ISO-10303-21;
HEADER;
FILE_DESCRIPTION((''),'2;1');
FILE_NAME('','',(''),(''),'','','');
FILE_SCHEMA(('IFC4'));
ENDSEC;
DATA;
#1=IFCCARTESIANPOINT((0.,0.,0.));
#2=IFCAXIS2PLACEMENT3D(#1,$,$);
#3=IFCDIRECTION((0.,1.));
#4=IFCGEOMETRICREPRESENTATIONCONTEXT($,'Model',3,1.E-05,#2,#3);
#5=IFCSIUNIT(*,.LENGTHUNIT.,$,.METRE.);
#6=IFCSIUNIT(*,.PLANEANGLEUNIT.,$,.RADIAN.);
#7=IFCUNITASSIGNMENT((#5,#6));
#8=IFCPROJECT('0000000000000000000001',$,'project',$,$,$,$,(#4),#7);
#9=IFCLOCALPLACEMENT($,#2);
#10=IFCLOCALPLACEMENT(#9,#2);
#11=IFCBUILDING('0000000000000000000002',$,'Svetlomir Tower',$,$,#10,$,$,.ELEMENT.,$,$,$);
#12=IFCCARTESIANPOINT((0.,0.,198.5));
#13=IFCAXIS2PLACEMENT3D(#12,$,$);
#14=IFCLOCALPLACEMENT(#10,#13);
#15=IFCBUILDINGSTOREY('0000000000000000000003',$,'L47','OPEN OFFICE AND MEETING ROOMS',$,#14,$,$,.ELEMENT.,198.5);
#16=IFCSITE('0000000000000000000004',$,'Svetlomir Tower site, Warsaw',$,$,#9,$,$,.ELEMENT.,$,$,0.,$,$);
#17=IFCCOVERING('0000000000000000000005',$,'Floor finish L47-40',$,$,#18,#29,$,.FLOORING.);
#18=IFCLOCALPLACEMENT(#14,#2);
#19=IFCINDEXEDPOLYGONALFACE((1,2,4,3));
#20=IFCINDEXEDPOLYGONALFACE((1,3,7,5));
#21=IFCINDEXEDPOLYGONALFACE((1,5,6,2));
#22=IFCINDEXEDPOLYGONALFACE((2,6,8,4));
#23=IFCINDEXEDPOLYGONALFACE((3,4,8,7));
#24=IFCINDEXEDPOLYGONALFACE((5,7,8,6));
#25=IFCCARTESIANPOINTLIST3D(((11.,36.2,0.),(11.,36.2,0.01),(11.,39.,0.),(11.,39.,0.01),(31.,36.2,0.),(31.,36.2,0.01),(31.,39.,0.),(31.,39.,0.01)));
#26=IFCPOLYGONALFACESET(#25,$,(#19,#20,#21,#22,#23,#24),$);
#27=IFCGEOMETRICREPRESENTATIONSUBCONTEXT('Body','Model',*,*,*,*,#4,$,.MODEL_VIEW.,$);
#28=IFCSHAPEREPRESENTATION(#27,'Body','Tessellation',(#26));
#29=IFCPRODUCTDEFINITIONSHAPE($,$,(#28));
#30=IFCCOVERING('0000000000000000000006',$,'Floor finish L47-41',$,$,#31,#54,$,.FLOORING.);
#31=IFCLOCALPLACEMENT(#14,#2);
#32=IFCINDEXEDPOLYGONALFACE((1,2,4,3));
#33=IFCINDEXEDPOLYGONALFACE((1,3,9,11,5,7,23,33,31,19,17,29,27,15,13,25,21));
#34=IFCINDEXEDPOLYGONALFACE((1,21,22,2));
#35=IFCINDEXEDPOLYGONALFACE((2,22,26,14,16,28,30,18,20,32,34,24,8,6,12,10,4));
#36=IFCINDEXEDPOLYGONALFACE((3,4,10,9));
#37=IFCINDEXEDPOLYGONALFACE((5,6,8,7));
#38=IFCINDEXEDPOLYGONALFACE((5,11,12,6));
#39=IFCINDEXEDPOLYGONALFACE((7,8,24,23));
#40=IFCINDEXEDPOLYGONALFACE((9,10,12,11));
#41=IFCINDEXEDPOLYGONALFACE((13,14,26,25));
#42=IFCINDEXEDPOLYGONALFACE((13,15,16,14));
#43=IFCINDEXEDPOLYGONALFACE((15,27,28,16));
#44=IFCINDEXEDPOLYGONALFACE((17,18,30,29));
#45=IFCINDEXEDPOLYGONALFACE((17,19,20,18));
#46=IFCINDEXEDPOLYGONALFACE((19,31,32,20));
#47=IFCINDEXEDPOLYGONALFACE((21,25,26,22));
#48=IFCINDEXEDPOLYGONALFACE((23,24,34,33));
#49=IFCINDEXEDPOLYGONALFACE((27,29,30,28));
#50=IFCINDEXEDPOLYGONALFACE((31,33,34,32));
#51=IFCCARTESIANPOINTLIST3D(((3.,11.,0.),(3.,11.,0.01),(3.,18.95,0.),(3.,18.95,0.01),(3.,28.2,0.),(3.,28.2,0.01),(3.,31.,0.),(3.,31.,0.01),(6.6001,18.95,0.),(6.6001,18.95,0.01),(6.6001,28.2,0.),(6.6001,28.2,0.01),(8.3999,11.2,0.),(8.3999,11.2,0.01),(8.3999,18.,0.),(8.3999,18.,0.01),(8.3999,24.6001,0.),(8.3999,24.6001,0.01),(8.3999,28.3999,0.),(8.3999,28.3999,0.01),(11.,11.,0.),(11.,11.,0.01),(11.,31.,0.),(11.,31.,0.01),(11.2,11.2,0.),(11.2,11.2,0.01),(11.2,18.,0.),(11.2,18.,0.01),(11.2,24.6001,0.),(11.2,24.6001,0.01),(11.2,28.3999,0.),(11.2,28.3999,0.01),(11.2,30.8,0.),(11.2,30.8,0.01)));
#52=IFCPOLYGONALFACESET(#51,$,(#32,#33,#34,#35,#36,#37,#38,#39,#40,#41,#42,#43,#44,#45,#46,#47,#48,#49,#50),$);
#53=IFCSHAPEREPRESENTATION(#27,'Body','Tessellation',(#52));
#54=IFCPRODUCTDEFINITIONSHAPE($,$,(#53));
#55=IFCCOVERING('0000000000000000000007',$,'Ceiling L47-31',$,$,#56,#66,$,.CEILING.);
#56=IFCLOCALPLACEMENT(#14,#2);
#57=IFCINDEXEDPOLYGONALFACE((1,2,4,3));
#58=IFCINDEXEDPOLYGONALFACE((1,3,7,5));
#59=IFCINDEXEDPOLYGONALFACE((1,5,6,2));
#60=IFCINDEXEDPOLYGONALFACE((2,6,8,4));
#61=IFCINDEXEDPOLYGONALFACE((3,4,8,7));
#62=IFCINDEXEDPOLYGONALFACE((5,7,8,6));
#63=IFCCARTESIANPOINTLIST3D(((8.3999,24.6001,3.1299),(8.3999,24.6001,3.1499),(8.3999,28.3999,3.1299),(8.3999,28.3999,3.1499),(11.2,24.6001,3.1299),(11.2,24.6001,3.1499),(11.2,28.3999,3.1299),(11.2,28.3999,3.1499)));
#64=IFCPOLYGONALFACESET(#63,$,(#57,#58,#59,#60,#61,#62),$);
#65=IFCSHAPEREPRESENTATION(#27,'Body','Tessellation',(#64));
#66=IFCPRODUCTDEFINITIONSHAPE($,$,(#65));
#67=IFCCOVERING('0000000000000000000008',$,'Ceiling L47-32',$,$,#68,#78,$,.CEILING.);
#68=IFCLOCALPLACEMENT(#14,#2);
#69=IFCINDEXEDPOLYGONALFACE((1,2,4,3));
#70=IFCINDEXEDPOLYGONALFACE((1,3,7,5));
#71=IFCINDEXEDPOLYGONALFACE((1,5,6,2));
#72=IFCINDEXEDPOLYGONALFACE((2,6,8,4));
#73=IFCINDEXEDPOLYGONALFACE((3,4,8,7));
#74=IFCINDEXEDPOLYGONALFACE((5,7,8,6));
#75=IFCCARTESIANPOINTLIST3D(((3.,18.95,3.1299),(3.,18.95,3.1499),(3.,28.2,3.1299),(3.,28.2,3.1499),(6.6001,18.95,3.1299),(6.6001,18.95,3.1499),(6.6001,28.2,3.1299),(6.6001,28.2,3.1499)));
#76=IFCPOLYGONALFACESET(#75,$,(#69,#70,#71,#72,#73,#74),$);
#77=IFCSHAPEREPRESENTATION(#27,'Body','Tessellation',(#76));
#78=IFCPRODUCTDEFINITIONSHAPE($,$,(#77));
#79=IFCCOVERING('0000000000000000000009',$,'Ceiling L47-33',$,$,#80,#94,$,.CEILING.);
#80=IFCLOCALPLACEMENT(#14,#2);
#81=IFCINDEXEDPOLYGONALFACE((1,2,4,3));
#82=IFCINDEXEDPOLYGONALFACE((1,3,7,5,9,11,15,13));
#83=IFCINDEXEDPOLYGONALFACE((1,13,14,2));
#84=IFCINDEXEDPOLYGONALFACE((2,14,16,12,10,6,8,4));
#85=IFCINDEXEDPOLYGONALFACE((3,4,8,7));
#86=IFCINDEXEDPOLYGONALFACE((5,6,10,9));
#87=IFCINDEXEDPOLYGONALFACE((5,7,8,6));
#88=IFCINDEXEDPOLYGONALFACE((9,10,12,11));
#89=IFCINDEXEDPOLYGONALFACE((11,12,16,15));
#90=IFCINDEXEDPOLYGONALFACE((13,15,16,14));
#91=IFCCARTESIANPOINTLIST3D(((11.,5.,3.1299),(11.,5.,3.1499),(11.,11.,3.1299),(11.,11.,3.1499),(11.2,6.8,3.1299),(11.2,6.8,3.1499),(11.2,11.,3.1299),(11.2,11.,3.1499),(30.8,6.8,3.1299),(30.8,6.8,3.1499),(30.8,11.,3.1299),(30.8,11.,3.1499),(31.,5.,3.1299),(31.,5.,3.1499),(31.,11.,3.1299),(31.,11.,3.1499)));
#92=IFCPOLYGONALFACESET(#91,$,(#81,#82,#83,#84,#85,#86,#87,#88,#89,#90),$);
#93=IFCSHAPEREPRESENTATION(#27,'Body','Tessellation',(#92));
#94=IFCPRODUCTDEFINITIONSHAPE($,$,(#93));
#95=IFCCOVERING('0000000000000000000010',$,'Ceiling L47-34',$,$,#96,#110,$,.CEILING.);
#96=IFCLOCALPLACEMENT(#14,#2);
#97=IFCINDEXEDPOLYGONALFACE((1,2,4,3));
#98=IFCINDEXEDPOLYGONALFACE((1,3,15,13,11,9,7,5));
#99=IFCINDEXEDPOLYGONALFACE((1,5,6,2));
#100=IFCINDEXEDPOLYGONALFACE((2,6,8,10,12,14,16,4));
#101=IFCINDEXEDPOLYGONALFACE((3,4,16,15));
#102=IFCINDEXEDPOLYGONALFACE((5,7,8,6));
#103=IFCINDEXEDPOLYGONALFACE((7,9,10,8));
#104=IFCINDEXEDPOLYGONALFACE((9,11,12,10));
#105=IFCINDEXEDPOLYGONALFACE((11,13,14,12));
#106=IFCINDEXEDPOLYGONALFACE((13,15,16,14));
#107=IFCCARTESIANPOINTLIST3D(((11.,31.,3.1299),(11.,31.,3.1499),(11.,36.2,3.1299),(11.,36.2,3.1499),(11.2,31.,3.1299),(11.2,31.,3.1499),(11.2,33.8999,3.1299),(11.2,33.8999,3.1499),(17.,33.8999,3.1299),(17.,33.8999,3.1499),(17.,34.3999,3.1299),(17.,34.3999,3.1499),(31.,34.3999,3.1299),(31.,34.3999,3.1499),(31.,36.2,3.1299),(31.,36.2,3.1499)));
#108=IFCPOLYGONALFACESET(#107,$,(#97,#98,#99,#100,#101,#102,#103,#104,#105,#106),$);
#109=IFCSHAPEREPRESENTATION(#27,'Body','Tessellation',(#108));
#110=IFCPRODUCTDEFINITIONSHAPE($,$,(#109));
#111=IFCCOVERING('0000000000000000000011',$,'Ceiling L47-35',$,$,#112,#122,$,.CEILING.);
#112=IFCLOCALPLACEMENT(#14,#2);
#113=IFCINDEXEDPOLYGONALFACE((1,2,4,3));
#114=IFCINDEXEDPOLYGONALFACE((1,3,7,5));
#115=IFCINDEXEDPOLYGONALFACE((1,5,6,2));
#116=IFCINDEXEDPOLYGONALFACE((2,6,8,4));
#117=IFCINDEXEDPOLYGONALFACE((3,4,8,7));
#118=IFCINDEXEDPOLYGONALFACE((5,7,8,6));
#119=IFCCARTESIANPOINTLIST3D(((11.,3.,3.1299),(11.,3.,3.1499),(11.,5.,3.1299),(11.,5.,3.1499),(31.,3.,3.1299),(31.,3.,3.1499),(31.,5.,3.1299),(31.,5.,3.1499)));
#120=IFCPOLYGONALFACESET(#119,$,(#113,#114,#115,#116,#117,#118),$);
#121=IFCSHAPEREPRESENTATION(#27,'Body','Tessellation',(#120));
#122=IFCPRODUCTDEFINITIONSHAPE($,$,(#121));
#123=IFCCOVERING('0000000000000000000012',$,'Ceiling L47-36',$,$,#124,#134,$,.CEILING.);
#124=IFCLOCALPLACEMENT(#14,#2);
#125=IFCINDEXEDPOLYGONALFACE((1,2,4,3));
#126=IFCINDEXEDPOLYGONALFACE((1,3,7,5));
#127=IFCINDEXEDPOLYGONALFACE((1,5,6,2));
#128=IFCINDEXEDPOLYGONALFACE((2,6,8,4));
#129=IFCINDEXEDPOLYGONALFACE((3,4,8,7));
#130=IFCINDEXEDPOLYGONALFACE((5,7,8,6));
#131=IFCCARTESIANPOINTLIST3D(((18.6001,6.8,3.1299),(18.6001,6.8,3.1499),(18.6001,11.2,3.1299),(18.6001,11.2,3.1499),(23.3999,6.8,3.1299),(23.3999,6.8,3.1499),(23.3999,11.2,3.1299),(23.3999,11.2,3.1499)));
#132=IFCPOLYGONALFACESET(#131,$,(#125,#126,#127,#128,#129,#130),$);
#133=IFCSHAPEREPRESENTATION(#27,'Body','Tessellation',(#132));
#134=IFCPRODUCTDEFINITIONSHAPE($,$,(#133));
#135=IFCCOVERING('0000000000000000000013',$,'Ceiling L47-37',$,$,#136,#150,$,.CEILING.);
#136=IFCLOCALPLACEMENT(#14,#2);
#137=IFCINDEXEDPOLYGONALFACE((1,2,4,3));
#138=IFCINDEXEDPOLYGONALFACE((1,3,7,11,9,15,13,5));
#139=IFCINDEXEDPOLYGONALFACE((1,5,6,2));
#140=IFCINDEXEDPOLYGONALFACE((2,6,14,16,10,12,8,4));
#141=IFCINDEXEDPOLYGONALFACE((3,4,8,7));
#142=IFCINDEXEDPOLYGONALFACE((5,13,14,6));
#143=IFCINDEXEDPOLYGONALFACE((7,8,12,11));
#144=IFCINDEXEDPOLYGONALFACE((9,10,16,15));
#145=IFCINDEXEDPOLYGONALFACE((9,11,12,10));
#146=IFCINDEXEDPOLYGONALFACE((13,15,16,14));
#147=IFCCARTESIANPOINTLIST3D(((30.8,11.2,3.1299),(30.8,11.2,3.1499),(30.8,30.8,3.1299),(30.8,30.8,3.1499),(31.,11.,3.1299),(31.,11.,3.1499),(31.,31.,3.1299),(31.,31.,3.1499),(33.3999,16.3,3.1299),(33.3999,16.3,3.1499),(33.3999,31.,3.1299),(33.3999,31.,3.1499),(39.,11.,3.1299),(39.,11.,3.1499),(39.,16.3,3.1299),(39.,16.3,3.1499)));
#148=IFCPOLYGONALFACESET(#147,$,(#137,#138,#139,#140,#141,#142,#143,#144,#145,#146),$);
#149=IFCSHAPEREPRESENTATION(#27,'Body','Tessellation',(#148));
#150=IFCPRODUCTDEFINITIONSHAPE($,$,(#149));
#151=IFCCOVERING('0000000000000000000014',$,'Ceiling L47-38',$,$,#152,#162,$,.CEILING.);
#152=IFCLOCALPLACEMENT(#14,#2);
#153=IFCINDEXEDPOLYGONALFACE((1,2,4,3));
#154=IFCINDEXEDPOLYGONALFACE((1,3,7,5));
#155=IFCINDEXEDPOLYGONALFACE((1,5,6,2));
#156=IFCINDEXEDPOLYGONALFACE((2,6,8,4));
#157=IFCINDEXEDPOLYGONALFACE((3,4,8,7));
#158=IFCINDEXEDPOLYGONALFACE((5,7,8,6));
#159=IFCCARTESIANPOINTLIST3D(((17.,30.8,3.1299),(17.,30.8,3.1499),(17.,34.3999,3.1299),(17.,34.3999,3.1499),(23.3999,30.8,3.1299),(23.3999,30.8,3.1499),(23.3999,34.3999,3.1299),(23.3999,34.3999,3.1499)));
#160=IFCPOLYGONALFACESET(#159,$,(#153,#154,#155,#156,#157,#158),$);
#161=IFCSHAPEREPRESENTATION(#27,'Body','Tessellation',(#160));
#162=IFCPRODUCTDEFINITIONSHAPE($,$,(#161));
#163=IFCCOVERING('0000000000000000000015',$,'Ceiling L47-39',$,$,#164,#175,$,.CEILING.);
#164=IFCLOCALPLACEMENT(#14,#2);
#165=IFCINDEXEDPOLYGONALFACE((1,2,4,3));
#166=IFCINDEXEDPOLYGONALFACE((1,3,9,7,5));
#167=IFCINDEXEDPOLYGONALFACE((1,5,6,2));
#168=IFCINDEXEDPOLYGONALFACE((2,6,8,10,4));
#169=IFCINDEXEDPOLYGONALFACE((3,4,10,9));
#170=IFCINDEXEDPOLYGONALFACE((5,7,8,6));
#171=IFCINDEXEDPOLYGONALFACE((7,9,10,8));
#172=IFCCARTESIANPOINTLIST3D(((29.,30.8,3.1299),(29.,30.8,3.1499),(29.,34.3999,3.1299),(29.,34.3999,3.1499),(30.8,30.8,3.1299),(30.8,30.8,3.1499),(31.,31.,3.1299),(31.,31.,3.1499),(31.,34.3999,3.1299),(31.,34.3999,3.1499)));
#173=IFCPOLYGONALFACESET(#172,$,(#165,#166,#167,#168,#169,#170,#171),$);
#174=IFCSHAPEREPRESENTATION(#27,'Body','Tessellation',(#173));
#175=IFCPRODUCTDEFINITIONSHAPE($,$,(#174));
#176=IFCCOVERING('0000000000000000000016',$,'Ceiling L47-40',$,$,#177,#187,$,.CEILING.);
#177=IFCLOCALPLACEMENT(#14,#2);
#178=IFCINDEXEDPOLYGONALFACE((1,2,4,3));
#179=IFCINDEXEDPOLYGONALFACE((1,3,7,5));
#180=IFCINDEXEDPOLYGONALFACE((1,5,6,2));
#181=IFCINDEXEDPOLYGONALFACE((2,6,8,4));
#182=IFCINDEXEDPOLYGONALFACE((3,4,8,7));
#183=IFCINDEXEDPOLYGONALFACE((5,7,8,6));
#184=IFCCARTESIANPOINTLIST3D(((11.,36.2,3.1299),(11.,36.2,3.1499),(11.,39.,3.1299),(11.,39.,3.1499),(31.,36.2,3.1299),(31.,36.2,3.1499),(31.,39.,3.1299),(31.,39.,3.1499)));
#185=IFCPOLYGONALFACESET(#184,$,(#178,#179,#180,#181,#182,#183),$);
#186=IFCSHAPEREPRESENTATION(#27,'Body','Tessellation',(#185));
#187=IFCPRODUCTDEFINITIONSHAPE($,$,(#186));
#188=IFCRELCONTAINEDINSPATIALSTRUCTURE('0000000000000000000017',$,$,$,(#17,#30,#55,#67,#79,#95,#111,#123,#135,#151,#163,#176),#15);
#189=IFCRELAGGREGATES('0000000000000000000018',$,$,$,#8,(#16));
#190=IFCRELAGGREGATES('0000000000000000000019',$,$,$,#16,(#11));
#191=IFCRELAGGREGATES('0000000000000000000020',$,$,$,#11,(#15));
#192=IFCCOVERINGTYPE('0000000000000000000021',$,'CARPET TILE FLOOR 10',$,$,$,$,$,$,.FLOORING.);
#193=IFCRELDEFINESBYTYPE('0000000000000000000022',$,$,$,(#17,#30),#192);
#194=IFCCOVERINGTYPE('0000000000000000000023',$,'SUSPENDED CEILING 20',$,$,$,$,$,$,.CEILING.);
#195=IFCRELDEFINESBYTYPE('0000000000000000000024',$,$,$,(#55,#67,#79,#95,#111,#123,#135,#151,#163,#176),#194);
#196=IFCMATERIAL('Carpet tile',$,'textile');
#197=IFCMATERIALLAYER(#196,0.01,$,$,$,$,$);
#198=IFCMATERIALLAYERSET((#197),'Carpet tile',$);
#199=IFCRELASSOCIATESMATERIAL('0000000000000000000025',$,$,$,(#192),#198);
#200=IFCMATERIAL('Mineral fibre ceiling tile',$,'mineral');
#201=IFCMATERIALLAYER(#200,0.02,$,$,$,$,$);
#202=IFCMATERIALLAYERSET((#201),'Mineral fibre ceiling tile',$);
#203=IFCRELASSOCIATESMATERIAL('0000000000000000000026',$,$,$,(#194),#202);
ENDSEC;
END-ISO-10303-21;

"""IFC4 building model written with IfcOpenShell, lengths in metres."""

from ifc_helpers import new_model, si_unit, direction, frame, origin, place, context, subcontext, project, spatial, polyline, outline, extrude, material, layer, layer_set, type_object, element, save


model = new_model("IFC4")

# Units and contexts
model_context = context("Model", 3, precision=1e-05, world=origin(), true_north=direction((0.0, 1.0)))
body_context = subcontext(model_context, "Body", "Model", "MODEL_VIEW")
ifc_project = project(units=[si_unit("LENGTHUNIT", "METRE"), si_unit("PLANEANGLEUNIT", "RADIAN")], contexts=[model_context])

# Site, building, storey
site_placement = place(None, origin())
site = spatial("IfcSite", under=ifc_project, at=site_placement, Name="Svetlomir Tower site, Warsaw", CompositionType="ELEMENT", RefElevation=0.0)
building_placement = place(site_placement, origin())
building = spatial("IfcBuilding", under=site, at=building_placement, Name="Svetlomir Tower", CompositionType="ELEMENT")
storey_placement = place(building_placement, frame((0.0, 0.0, 198.5)))
storey = spatial("IfcBuildingStorey", under=building, at=storey_placement, Name="L47", Description="OPEN OFFICE AND MEETING ROOMS", CompositionType="ELEMENT", Elevation=198.5)

# Coverings
ifc_material_1 = material(Name="Carpet tile", Category="textile")
ifc_layer_1 = layer(ifc_material_1, 0.01)
ifc_layer_set_1 = layer_set([ifc_layer_1], Name="Carpet tile")
covering_type_1 = type_object("IfcCoveringType", Name="CARPET TILE FLOOR 10", PredefinedType="FLOORING", material=ifc_layer_set_1)
covering_1_placement = place(storey_placement, origin())
element("IfcCovering", 1, at=covering_1_placement, inside=storey, type_object=covering_type_1, Name="Floor finish L47-40", PredefinedType="FLOORING", context=body_context, shape_type="SweptSolid", body=[
    extrude(outline(polyline([(31.0, 39.0), (31.0, 36.2), (11.0, 36.2), (11.0, 39.0), (31.0, 39.0)])), origin(), (0.0, 0.0, 1.0), 0.01),
])
covering_2_placement = place(storey_placement, origin())
element("IfcCovering", 2, at=covering_2_placement, inside=storey, type_object=covering_type_1, Name="Floor finish L47-41", PredefinedType="FLOORING", context=body_context, shape_type="SweptSolid", body=[
    extrude(outline(polyline([(11.2, 28.3999), (8.3999, 28.3999), (8.3999, 24.6001), (11.2, 24.6001), (11.2, 18.0), (8.3999, 18.0), (8.3999, 11.2), (11.2, 11.2), (11.0, 11.0), (3.0, 11.0), (3.0, 18.95), (6.6001, 18.95), (6.6001, 28.2), (3.0, 28.2), (3.0, 31.0), (11.0, 31.0), (11.2, 30.8), (11.2, 28.3999)])), origin(), (0.0, 0.0, 1.0), 0.01),
])
ifc_material_2 = material(Name="Mineral fibre ceiling tile", Category="mineral")
ifc_layer_2 = layer(ifc_material_2, 0.02)
ifc_layer_set_2 = layer_set([ifc_layer_2], Name="Mineral fibre ceiling tile")
covering_type_2 = type_object("IfcCoveringType", Name="SUSPENDED CEILING 20", PredefinedType="CEILING", material=ifc_layer_set_2)
covering_3_placement = place(storey_placement, frame((0.0, 0.0, 3.1299)))
element("IfcCovering", 3, at=covering_3_placement, inside=storey, type_object=covering_type_2, Name="Ceiling L47-31", PredefinedType="CEILING", context=body_context, shape_type="SweptSolid", body=[
    extrude(outline(polyline([(8.3999, 24.6001), (11.2, 24.6001), (11.2, 28.3999), (8.3999, 28.3999), (8.3999, 24.6001)])), origin(), (0.0, 0.0, 1.0), 0.02),
])
covering_4_placement = place(storey_placement, frame((0.0, 0.0, 3.1299)))
element("IfcCovering", 4, at=covering_4_placement, inside=storey, type_object=covering_type_2, Name="Ceiling L47-32", PredefinedType="CEILING", context=body_context, shape_type="SweptSolid", body=[
    extrude(outline(polyline([(3.0, 18.95), (6.6001, 18.95), (6.6001, 28.2), (3.0, 28.2), (3.0, 18.95)])), origin(), (0.0, 0.0, 1.0), 0.02),
])
covering_5_placement = place(storey_placement, frame((0.0, 0.0, 3.1299)))
element("IfcCovering", 5, at=covering_5_placement, inside=storey, type_object=covering_type_2, Name="Ceiling L47-33", PredefinedType="CEILING", context=body_context, shape_type="SweptSolid", body=[
    extrude(outline(polyline([(11.0, 11.0), (11.2, 11.0), (11.2, 6.8), (30.8, 6.8), (30.8, 11.0), (31.0, 11.0), (31.0, 5.0), (11.0, 5.0), (11.0, 11.0)])), origin(), (0.0, 0.0, 1.0), 0.02),
])
covering_6_placement = place(storey_placement, frame((0.0, 0.0, 3.1299)))
element("IfcCovering", 6, at=covering_6_placement, inside=storey, type_object=covering_type_2, Name="Ceiling L47-34", PredefinedType="CEILING", context=body_context, shape_type="SweptSolid", body=[
    extrude(outline(polyline([(11.2, 31.0), (11.0, 31.0), (11.0, 36.2), (31.0, 36.2), (31.0, 34.3999), (17.0, 34.3999), (17.0, 33.8999), (11.2, 33.8999), (11.2, 31.0)])), origin(), (0.0, 0.0, 1.0), 0.02),
])
covering_7_placement = place(storey_placement, frame((0.0, 0.0, 3.1299)))
element("IfcCovering", 7, at=covering_7_placement, inside=storey, type_object=covering_type_2, Name="Ceiling L47-35", PredefinedType="CEILING", context=body_context, shape_type="SweptSolid", body=[
    extrude(outline(polyline([(11.0, 3.0), (11.0, 5.0), (31.0, 5.0), (31.0, 3.0), (11.0, 3.0)])), origin(), (0.0, 0.0, 1.0), 0.02),
])
covering_8_placement = place(storey_placement, frame((0.0, 0.0, 3.1299)))
element("IfcCovering", 8, at=covering_8_placement, inside=storey, type_object=covering_type_2, Name="Ceiling L47-36", PredefinedType="CEILING", context=body_context, shape_type="SweptSolid", body=[
    extrude(outline(polyline([(23.3999, 6.8), (18.6001, 6.8), (18.6001, 11.2), (23.3999, 11.2), (23.3999, 6.8)])), origin(), (0.0, 0.0, 1.0), 0.02),
])
covering_9_placement = place(storey_placement, frame((0.0, 0.0, 3.1299)))
element("IfcCovering", 9, at=covering_9_placement, inside=storey, type_object=covering_type_2, Name="Ceiling L47-37", PredefinedType="CEILING", context=body_context, shape_type="SweptSolid", body=[
    extrude(outline(polyline([(30.8, 30.8), (31.0, 31.0), (33.3999, 31.0), (33.3999, 16.3), (39.0, 16.3), (39.0, 11.0), (31.0, 11.0), (30.8, 11.2), (30.8, 30.8)])), origin(), (0.0, 0.0, 1.0), 0.02),
])
covering_10_placement = place(storey_placement, frame((0.0, 0.0, 3.1299)))
element("IfcCovering", 10, at=covering_10_placement, inside=storey, type_object=covering_type_2, Name="Ceiling L47-38", PredefinedType="CEILING", context=body_context, shape_type="SweptSolid", body=[
    extrude(outline(polyline([(17.0, 30.8), (17.0, 34.3999), (23.3999, 34.3999), (23.3999, 30.8), (17.0, 30.8)])), origin(), (0.0, 0.0, 1.0), 0.02),
])
covering_11_placement = place(storey_placement, frame((0.0, 0.0, 3.1299)))
element("IfcCovering", 11, at=covering_11_placement, inside=storey, type_object=covering_type_2, Name="Ceiling L47-39", PredefinedType="CEILING", context=body_context, shape_type="SweptSolid", body=[
    extrude(outline(polyline([(29.0, 30.8), (29.0, 34.3999), (31.0, 34.3999), (31.0, 31.0), (30.8, 30.8), (29.0, 30.8)])), origin(), (0.0, 0.0, 1.0), 0.02),
])
covering_12_placement = place(storey_placement, frame((0.0, 0.0, 3.1299)))
element("IfcCovering", 12, at=covering_12_placement, inside=storey, type_object=covering_type_2, Name="Ceiling L47-40", PredefinedType="CEILING", context=body_context, shape_type="SweptSolid", body=[
    extrude(outline(polyline([(31.0, 39.0), (31.0, 36.2), (11.0, 36.2), (11.0, 39.0), (31.0, 39.0)])), origin(), (0.0, 0.0, 1.0), 0.02),
])

save(model, "model.ifc")
